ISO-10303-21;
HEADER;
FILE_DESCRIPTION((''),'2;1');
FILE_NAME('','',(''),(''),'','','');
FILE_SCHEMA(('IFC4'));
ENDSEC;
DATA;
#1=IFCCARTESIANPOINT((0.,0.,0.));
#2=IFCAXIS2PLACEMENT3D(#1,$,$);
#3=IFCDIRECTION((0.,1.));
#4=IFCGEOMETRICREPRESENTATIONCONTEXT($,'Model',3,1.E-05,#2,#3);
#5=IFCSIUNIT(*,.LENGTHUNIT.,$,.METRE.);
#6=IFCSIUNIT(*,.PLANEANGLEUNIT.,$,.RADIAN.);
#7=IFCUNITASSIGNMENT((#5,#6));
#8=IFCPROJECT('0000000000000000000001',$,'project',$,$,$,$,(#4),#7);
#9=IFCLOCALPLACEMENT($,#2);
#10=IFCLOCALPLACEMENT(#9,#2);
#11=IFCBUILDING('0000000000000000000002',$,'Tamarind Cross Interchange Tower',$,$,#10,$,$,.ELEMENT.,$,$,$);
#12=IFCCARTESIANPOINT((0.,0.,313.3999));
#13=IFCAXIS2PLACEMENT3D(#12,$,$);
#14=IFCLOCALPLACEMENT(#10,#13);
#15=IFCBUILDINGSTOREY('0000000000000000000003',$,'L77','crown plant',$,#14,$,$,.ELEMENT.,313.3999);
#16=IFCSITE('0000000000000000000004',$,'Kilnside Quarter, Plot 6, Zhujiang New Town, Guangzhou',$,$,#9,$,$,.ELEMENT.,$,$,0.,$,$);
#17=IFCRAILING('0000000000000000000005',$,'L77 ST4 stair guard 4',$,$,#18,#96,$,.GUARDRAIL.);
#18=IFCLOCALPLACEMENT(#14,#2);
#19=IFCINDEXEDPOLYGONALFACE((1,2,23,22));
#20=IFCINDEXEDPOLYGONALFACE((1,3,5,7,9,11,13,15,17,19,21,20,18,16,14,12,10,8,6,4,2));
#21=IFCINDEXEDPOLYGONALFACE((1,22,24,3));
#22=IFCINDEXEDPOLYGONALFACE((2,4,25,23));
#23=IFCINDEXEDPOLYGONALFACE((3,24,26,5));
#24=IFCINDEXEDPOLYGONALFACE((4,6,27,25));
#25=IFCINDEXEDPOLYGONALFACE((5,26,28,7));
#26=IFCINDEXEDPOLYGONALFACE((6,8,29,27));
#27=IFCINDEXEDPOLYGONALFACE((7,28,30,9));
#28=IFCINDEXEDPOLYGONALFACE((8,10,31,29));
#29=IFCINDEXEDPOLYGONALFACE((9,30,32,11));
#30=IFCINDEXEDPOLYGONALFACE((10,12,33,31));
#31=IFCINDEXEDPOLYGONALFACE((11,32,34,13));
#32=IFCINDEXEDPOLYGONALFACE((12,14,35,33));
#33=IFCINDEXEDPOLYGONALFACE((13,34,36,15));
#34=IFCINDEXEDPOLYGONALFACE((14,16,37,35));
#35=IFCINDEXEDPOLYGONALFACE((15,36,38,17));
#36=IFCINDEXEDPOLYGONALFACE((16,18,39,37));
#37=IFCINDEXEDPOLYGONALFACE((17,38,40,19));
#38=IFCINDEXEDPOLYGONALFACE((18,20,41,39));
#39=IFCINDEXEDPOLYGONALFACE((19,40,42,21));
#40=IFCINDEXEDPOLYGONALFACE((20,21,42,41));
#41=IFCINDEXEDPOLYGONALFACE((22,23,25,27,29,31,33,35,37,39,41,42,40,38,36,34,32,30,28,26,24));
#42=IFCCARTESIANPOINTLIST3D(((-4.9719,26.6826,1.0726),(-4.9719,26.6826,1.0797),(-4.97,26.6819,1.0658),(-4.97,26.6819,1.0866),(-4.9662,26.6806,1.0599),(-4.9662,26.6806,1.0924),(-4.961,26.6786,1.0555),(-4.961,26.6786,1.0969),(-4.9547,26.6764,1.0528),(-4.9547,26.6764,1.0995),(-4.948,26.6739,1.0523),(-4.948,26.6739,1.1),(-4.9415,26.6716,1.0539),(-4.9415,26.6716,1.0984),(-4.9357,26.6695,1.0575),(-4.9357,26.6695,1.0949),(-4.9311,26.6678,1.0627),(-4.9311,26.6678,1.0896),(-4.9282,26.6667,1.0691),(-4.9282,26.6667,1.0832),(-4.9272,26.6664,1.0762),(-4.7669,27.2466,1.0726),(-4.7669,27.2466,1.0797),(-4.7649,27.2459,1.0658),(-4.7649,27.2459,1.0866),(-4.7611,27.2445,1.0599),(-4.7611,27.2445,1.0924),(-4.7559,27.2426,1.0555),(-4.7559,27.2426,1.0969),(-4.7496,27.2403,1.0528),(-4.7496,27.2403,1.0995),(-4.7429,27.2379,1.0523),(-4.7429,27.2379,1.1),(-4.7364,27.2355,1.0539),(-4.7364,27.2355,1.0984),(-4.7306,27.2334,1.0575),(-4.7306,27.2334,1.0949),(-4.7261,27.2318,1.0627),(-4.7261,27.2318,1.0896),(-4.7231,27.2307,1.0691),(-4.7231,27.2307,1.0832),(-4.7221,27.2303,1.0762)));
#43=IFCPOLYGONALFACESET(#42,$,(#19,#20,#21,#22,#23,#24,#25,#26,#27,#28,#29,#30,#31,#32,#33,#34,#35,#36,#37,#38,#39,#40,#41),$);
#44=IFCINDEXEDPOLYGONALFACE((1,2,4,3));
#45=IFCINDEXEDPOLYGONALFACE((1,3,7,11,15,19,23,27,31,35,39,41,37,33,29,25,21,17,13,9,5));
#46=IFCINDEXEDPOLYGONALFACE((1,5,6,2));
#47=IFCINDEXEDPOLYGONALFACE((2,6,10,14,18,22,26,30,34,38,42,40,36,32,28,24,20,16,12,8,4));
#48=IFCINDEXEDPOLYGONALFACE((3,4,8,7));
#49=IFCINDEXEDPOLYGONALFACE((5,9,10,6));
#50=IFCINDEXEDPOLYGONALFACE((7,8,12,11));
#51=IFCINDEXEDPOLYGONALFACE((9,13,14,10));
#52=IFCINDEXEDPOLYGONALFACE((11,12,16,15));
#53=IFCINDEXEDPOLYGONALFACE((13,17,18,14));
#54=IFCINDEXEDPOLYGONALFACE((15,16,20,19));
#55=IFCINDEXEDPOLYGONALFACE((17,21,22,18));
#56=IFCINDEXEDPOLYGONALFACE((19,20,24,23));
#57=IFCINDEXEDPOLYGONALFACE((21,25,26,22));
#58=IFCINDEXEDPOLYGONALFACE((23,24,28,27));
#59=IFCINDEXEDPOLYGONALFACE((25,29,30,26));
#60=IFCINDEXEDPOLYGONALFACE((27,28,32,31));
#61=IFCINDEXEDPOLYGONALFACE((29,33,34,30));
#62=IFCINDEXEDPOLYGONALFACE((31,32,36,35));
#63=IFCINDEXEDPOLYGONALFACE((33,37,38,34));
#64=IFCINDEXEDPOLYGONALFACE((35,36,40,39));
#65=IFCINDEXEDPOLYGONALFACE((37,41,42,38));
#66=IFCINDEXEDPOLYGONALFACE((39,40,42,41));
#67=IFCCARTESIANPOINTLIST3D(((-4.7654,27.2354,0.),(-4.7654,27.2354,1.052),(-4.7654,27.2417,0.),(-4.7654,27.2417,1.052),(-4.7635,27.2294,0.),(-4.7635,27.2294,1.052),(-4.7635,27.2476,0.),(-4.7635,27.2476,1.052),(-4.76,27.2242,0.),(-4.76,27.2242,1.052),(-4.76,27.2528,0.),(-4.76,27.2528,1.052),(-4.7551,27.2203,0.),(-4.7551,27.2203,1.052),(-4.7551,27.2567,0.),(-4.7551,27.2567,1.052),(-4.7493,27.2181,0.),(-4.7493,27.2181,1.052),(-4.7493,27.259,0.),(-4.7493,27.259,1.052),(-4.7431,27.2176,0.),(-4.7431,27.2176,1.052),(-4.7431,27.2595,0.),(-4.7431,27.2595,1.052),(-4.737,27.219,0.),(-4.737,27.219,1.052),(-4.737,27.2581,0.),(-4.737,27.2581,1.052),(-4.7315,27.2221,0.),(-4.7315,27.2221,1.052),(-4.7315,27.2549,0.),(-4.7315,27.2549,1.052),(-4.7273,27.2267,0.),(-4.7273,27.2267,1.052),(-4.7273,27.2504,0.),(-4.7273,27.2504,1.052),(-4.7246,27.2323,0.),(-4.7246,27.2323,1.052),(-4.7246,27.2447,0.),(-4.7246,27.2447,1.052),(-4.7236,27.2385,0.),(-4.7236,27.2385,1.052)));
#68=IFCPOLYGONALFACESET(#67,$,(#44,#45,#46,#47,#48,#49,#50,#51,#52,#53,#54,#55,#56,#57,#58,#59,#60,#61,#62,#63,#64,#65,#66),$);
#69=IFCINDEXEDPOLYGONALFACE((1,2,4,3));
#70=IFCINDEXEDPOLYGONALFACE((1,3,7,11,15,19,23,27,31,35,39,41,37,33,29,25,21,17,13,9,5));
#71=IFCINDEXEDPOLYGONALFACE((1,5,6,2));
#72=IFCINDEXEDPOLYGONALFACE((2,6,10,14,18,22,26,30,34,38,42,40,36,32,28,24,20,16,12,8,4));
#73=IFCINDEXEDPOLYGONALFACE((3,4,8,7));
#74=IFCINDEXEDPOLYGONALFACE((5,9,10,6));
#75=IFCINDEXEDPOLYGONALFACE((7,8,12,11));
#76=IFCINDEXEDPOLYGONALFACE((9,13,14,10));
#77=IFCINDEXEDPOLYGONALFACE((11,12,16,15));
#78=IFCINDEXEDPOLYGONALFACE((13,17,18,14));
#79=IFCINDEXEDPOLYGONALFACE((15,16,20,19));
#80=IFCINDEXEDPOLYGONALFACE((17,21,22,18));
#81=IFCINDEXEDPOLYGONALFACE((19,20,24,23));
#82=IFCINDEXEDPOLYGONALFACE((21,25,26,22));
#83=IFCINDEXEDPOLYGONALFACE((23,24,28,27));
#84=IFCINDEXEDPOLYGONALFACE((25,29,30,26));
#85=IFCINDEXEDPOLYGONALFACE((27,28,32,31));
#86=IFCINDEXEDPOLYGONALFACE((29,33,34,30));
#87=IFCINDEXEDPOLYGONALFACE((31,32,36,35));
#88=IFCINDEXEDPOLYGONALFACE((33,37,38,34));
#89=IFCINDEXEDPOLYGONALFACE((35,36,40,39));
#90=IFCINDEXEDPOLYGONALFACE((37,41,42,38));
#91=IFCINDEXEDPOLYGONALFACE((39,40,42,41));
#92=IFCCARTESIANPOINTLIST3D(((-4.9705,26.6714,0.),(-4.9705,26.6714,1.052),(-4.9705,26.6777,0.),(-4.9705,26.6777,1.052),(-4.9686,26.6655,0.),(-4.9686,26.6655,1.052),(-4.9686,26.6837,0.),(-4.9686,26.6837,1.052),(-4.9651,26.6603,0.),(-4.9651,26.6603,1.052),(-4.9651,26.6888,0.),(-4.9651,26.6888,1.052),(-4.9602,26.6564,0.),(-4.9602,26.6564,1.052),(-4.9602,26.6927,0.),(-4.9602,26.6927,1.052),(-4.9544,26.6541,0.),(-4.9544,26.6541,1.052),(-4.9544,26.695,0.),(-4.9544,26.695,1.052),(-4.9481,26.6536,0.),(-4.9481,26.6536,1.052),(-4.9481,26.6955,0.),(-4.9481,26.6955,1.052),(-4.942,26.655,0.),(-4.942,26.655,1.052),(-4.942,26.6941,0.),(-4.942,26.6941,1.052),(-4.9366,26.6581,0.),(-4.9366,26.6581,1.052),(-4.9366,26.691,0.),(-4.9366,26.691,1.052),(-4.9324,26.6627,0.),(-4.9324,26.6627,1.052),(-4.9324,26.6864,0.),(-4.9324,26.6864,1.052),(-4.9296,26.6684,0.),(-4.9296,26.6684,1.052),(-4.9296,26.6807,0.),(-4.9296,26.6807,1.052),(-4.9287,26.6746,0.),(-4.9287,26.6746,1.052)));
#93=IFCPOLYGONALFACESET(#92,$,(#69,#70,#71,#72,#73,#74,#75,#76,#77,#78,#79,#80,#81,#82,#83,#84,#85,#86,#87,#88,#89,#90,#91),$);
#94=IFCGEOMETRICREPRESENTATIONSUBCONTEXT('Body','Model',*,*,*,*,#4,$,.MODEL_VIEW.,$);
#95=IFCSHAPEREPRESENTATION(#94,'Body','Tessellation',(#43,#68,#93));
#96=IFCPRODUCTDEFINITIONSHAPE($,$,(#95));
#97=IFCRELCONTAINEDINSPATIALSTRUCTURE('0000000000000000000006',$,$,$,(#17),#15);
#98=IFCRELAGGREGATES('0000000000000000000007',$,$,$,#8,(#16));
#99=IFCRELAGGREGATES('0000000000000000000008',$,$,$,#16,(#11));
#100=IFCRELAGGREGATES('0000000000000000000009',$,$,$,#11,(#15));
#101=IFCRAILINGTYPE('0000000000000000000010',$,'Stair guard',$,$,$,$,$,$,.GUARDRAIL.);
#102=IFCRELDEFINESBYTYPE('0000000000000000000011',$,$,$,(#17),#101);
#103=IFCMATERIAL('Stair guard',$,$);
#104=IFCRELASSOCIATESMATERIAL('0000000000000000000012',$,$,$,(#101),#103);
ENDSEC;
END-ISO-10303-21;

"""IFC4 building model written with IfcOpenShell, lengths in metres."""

from ifc_helpers import new_model, si_unit, direction, frame, origin, origin_2d, place, context, subcontext, project, spatial, circle, extrude, material, type_object, element, save


model = new_model("IFC4")

# Units and contexts
model_context = context("Model", 3, precision=1e-05, world=origin(), true_north=direction((0.0, 1.0)))
body_context = subcontext(model_context, "Body", "Model", "MODEL_VIEW")
ifc_project = project(units=[si_unit("LENGTHUNIT", "METRE"), si_unit("PLANEANGLEUNIT", "RADIAN")], contexts=[model_context])

# Site, building, storey
site_placement = place(None, origin())
site = spatial("IfcSite", under=ifc_project, at=site_placement, Name="Kilnside Quarter, Plot 6, Zhujiang New Town, Guangzhou", CompositionType="ELEMENT", RefElevation=0.0)
building_placement = place(site_placement, origin())
building = spatial("IfcBuilding", under=site, at=building_placement, Name="Tamarind Cross Interchange Tower", CompositionType="ELEMENT")
storey_placement = place(building_placement, frame((0.0, 0.0, 313.3999)))
storey = spatial("IfcBuildingStorey", under=building, at=storey_placement, Name="L77", Description="crown plant", CompositionType="ELEMENT", Elevation=313.3999)

# Railing
ifc_material_1 = material(Name="Stair guard")
railing_type_1 = type_object("IfcRailingType", Name="Stair guard", PredefinedType="GUARDRAIL", material=ifc_material_1)
railing_1_placement = place(storey_placement, frame((-4.7446, 27.2385, 0.0)))
element("IfcRailing", 1, at=railing_1_placement, inside=storey, type_object=railing_type_1, Name="L77 ST4 stair guard 4", PredefinedType="GUARDRAIL", context=body_context, shape_type="SweptSolid", body=[
    extrude(circle(Radius=0.0239, at=origin_2d()), frame((0.0, 0.0, 1.0762), z_axis=(-0.341743, -0.939793, 0.0), x_axis=(0.939793, -0.341743, 0.0)), (0.0, 0.0, 1.0), 0.6001),
    extrude(circle(Radius=0.021, at=origin_2d()), origin(), (0.0, 0.0, 1.0), 1.052),
    extrude(circle(Radius=0.021, at=origin_2d()), frame((-0.2051, -0.564, 0.0)), (0.0, 0.0, 1.0), 1.052),
])

save(model, "model.ifc")
